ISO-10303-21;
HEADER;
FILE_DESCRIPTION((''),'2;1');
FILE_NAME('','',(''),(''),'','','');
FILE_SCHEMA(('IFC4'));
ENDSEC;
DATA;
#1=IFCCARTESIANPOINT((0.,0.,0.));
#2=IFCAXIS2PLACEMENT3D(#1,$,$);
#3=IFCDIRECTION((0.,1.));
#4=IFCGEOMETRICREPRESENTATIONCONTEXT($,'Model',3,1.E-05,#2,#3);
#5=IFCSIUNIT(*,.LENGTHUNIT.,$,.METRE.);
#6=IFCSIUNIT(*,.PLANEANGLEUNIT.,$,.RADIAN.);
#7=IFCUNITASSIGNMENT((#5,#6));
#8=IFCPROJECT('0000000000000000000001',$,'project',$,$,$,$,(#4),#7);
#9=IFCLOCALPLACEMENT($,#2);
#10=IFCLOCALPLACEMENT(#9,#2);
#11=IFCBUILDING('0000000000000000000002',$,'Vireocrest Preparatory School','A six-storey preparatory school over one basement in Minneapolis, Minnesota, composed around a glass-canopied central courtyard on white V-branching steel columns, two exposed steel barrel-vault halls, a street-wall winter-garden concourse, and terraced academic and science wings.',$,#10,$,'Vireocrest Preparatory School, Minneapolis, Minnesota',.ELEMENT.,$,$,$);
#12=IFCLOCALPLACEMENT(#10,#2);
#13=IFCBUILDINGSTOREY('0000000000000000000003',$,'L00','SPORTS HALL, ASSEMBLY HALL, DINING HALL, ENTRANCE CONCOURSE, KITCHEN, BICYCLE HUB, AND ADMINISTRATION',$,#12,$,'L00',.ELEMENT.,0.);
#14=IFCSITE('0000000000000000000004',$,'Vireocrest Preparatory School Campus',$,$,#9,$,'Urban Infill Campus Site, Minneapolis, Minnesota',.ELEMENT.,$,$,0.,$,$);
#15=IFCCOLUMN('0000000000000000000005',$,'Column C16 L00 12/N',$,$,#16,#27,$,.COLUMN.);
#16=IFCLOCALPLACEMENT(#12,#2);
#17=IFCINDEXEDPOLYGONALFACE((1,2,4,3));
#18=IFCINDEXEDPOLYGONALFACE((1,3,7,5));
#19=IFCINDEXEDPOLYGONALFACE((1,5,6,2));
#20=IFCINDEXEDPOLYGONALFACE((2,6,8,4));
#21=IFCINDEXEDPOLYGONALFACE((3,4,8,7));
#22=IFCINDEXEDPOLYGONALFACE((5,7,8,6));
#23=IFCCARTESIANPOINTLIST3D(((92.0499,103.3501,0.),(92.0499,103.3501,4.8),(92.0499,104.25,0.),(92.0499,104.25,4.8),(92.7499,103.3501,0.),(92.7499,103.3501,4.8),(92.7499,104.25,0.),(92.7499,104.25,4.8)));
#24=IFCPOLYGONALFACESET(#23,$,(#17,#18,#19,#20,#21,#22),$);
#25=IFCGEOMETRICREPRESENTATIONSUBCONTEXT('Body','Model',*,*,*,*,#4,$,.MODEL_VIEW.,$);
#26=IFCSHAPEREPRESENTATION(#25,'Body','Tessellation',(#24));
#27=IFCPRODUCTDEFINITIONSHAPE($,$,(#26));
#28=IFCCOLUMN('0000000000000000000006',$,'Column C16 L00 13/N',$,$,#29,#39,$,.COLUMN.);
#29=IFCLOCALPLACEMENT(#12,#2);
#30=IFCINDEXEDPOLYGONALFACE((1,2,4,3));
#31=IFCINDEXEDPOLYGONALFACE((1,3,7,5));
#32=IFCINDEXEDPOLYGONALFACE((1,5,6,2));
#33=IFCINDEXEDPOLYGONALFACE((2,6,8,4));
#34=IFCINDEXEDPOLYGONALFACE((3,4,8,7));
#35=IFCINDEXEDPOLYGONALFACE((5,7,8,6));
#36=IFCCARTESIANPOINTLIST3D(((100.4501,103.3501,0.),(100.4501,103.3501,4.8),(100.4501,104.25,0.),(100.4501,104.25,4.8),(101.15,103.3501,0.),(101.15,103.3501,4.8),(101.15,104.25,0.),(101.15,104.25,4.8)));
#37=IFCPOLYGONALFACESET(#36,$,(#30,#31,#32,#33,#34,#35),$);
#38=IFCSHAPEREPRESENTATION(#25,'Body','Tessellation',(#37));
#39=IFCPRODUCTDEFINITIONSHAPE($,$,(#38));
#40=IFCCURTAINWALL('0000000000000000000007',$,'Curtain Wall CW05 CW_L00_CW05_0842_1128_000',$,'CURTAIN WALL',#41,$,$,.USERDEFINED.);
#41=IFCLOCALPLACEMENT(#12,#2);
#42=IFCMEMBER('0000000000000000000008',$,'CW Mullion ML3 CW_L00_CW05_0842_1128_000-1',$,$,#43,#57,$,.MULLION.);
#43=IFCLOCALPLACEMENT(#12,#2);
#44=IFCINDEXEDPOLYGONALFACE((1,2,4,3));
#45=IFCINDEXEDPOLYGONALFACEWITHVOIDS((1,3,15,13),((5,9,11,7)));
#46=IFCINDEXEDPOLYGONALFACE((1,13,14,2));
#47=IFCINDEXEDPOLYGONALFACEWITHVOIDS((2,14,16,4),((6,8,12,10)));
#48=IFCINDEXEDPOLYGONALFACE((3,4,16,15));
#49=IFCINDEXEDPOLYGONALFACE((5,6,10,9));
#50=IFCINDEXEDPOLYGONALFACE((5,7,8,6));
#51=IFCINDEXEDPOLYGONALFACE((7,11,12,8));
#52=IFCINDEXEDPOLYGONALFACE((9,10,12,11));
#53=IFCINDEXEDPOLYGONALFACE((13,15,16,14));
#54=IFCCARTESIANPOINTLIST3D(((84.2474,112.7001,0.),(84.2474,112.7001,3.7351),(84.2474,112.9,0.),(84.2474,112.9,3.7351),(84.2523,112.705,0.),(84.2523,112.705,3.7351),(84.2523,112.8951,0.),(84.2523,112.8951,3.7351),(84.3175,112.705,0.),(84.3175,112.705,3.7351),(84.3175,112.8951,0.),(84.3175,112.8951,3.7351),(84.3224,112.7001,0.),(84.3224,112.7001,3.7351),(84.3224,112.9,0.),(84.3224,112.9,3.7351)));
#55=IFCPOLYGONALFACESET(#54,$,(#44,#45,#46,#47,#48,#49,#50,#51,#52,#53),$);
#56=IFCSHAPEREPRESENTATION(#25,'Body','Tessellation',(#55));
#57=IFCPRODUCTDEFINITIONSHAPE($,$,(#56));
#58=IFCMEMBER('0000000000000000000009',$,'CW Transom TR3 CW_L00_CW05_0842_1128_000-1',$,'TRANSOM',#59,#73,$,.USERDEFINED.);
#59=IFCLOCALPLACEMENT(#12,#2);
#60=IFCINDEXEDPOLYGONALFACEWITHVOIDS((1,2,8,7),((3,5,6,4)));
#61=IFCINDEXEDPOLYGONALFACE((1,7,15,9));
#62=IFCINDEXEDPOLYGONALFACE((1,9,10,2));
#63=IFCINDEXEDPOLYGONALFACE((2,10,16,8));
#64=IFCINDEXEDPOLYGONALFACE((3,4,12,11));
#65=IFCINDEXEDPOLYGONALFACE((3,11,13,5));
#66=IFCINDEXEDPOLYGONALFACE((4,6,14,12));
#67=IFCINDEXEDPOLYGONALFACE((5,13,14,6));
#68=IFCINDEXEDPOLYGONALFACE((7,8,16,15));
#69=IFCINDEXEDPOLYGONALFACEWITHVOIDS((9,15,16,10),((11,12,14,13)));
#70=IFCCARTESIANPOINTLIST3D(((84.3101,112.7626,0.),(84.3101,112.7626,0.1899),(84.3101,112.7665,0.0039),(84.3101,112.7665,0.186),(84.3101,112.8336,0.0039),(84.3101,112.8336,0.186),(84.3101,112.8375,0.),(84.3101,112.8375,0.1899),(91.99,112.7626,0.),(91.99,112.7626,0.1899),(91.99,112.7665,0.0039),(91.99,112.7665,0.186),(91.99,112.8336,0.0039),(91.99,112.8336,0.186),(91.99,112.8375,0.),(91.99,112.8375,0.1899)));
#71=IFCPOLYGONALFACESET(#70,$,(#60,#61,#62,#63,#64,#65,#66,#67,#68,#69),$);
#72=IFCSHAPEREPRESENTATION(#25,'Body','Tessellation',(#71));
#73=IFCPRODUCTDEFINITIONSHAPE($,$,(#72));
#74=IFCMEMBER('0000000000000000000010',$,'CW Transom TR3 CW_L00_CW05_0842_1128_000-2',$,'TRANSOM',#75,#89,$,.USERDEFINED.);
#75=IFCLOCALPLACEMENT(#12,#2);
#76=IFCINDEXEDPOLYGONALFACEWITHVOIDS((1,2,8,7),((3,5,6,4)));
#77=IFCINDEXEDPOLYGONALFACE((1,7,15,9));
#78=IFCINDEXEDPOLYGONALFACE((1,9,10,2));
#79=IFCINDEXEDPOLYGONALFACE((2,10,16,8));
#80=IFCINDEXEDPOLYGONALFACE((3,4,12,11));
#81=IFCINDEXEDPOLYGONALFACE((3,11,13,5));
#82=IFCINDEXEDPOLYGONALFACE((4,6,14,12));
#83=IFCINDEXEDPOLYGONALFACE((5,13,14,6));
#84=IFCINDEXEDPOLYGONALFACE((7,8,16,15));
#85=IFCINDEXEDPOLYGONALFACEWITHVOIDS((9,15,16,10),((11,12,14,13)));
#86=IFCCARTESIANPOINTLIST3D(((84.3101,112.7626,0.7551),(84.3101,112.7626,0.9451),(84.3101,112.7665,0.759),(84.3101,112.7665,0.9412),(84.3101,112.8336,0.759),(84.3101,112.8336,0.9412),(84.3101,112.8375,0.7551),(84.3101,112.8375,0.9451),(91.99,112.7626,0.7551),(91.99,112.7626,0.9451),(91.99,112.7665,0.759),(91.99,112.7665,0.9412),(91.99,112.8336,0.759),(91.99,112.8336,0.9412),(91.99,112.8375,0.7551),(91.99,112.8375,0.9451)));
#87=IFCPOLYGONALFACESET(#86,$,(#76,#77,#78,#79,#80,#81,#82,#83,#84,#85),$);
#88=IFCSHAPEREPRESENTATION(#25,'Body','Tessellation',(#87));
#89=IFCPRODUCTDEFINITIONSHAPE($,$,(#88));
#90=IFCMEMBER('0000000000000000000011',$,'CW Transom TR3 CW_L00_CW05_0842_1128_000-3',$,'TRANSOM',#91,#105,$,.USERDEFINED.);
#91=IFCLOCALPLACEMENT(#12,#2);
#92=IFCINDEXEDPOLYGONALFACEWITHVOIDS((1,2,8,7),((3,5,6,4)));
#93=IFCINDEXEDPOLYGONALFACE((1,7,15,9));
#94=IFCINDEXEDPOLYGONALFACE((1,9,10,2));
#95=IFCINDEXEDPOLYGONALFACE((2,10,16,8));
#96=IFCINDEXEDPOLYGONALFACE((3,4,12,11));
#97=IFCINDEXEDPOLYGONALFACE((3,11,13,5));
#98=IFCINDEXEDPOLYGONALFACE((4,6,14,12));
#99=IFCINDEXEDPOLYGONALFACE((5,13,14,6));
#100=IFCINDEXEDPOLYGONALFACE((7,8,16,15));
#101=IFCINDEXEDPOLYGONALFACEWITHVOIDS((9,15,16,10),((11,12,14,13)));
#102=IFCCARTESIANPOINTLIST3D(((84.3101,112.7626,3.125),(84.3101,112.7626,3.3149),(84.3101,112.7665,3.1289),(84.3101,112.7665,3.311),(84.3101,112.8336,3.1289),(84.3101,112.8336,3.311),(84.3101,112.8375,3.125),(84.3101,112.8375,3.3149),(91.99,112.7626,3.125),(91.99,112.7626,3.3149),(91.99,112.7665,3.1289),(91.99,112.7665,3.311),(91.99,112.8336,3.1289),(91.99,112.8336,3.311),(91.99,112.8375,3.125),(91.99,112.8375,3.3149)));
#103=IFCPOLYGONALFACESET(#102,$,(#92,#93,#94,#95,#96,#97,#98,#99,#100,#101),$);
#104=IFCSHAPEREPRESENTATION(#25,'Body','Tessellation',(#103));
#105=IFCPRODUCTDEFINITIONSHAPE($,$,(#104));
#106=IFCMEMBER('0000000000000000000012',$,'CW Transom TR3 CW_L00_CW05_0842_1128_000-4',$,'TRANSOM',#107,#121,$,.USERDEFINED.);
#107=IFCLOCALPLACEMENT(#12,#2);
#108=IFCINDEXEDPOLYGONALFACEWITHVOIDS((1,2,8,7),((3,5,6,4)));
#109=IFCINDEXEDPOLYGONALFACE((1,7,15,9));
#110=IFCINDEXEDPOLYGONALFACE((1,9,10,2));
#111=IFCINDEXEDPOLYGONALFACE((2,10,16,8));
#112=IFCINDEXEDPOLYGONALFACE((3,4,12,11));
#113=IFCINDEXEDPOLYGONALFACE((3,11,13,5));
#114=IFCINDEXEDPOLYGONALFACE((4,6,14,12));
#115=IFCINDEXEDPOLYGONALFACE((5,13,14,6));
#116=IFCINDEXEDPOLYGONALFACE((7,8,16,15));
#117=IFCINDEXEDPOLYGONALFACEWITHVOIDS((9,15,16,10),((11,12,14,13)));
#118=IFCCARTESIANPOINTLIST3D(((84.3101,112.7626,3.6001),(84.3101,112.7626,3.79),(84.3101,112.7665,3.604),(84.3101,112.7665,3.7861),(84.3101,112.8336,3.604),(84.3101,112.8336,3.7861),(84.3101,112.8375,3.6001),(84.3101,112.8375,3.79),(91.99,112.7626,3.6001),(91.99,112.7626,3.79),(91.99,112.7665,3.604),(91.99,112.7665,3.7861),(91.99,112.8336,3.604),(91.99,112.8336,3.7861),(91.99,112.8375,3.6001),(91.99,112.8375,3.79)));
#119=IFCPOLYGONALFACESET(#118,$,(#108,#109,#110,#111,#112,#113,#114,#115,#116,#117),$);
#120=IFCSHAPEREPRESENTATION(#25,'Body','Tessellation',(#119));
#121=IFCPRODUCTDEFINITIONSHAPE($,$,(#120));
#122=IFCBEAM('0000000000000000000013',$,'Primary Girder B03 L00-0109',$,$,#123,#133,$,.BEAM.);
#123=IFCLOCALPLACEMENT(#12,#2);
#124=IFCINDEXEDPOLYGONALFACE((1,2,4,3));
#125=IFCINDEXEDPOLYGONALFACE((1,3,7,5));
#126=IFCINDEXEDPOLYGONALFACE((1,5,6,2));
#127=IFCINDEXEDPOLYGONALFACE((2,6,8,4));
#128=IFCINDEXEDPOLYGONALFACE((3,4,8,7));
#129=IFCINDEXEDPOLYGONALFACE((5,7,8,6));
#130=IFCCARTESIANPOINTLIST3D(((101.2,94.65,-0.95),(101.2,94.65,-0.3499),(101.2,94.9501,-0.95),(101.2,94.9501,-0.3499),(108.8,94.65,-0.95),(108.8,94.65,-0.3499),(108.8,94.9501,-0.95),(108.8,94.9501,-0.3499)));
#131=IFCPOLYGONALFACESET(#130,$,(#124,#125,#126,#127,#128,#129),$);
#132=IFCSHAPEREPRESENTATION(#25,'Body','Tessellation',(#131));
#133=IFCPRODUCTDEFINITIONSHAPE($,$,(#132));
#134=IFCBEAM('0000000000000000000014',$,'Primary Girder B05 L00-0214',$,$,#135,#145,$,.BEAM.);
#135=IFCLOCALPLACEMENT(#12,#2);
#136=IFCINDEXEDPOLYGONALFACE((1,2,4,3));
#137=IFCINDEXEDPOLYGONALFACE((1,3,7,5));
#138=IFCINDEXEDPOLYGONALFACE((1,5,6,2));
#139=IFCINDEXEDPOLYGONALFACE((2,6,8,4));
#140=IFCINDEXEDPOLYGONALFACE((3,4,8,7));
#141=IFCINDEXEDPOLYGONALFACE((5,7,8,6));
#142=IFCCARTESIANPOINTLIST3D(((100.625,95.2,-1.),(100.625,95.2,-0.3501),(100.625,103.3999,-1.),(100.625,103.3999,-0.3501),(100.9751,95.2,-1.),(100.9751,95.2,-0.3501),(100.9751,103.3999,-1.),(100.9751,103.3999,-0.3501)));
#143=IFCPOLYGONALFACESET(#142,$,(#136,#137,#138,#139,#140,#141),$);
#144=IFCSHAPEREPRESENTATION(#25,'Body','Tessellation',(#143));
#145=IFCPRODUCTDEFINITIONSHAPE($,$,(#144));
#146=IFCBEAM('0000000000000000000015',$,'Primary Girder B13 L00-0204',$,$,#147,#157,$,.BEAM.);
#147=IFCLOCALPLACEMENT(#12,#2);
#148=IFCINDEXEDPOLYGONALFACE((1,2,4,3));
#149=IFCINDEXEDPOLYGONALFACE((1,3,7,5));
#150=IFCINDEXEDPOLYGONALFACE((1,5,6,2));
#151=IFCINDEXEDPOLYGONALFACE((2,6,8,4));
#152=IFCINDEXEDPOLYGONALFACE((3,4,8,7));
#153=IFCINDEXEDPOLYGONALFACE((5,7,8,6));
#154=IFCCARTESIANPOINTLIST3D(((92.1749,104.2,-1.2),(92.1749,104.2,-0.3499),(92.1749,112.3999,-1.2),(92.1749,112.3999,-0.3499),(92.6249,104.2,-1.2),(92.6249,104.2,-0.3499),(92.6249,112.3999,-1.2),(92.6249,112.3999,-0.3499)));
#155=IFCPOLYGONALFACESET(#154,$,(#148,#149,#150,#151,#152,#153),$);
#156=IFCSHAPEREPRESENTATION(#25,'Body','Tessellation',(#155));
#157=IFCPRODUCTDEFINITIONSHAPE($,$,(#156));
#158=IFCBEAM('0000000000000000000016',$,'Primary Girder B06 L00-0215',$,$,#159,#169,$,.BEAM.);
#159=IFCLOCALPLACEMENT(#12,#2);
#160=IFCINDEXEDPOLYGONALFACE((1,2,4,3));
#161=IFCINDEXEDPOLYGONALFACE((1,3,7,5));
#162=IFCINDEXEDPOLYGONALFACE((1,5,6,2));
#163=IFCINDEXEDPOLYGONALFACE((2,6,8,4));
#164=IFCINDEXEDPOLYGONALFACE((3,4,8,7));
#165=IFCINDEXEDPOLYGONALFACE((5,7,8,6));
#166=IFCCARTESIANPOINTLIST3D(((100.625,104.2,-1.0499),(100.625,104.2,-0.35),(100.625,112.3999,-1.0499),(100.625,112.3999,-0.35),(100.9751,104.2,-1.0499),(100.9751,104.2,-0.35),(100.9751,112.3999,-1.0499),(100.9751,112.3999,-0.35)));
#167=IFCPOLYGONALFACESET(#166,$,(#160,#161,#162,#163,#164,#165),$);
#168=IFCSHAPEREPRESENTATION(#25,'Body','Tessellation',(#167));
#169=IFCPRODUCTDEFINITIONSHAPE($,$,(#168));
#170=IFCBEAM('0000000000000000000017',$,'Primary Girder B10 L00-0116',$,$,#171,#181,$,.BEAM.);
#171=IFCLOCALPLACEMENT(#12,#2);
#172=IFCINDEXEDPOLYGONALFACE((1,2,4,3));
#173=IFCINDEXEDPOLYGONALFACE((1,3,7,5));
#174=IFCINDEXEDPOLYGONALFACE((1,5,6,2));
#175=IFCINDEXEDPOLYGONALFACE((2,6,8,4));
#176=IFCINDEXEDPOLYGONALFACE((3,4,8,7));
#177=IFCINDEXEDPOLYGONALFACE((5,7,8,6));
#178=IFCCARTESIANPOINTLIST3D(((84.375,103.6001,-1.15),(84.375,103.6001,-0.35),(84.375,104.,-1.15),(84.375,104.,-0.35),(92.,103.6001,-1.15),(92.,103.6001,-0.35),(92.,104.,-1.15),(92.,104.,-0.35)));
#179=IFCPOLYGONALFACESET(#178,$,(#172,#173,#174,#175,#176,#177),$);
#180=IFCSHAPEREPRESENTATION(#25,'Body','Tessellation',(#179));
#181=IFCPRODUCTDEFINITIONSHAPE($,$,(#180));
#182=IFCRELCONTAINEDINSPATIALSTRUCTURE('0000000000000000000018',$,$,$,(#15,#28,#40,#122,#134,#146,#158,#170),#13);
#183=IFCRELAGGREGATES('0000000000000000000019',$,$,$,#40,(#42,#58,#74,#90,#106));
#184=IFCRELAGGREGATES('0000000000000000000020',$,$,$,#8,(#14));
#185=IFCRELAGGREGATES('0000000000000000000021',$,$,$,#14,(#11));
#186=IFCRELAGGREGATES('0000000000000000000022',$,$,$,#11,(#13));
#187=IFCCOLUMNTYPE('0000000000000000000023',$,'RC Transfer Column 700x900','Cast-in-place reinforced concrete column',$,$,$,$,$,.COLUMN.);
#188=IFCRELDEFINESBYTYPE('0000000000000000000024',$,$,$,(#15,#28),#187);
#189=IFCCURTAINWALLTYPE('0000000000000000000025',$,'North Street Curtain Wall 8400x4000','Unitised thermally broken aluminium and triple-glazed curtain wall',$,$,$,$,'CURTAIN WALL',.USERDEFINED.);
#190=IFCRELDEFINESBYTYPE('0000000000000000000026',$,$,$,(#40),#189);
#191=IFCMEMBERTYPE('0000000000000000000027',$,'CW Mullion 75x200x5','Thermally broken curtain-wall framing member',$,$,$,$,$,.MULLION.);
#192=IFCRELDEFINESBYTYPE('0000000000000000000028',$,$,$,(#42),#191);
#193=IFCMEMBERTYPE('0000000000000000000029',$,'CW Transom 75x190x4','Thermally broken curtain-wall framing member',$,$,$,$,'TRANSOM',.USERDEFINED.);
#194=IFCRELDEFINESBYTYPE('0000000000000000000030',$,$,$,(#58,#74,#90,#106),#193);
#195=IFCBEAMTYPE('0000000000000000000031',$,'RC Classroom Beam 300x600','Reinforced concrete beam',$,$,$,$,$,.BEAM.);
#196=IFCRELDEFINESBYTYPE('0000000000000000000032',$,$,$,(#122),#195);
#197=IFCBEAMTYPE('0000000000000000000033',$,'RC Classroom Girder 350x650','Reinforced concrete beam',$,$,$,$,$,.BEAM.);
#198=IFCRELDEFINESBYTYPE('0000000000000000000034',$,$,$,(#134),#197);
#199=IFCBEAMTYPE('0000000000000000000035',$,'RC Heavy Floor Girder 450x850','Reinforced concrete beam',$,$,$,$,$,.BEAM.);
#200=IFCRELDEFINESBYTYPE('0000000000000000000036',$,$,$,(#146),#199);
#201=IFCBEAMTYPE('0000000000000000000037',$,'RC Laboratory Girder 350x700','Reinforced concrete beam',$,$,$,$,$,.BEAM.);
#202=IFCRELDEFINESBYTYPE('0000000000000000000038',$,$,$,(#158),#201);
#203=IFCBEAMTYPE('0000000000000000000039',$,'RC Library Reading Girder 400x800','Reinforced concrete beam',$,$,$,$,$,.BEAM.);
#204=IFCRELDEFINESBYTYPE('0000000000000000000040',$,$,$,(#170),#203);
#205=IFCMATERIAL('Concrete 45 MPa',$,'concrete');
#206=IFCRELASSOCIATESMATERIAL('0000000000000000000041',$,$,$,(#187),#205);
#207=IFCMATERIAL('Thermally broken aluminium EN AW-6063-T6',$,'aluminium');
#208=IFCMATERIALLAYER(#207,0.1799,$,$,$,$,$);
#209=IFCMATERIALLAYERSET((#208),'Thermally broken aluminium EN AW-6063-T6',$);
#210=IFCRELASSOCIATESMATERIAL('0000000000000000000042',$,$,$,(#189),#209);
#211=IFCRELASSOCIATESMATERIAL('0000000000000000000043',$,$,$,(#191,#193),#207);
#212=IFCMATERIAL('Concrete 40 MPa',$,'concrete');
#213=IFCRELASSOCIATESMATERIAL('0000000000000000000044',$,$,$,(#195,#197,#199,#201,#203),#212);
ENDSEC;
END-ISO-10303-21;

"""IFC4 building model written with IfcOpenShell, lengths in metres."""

from ifc_helpers import new_model, si_unit, direction, frame, origin, origin_2d, place, context, subcontext, project, spatial, rectangle, hollow_rectangle, extrude, material, layer, layer_set, material_profile, profile_set, type_object, element, aggregate, save


model = new_model("IFC4")

# Units and contexts
model_context = context("Model", 3, precision=1e-05, world=origin(), true_north=direction((0.0, 1.0)))
body_context = subcontext(model_context, "Body", "Model", "MODEL_VIEW")
ifc_project = project(units=[si_unit("LENGTHUNIT", "METRE"), si_unit("PLANEANGLEUNIT", "RADIAN")], contexts=[model_context])

# Site, building, storey
site_placement = place(None, origin())
site = spatial("IfcSite", under=ifc_project, at=site_placement, Name="Vireocrest Preparatory School Campus", LongName="Urban Infill Campus Site, Minneapolis, Minnesota", CompositionType="ELEMENT", RefElevation=0.0)
building_placement = place(site_placement, origin())
building = spatial("IfcBuilding", under=site, at=building_placement, Name="Vireocrest Preparatory School", Description="A six-storey preparatory school over one basement in Minneapolis, Minnesota, composed around a glass-canopied central courtyard on white V-branching steel columns, two exposed steel barrel-vault halls, a street-wall winter-garden concourse, and terraced academic and science wings.", LongName="Vireocrest Preparatory School, Minneapolis, Minnesota", CompositionType="ELEMENT")
storey_placement = place(building_placement, origin())
storey = spatial("IfcBuildingStorey", under=building, at=storey_placement, Name="L00", Description="SPORTS HALL, ASSEMBLY HALL, DINING HALL, ENTRANCE CONCOURSE, KITCHEN, BICYCLE HUB, AND ADMINISTRATION", LongName="L00", CompositionType="ELEMENT", Elevation=0.0)

# Columns
ifc_material_1 = material(Name="Concrete 45 MPa", Category="concrete")
ifc_material_profile_1 = material_profile(ifc_material_1, rectangle(XDim=0.7, YDim=0.8999, at=origin_2d()), Name="RC 700x900")
ifc_profile_set_1 = profile_set([ifc_material_profile_1], Name="Concrete 45 MPa")
column_type = type_object("IfcColumnType", Name="RC Transfer Column 700x900", Description="Cast-in-place reinforced concrete column", PredefinedType="COLUMN", material=ifc_profile_set_1)
for number, where, z_axis, x_axis, name in (
    (1, (92.3999, 103.8, 0.0), (0.0, 0.0, 1.0), (1.0, 0.0, 0.0), "Column C16 L00 12/N"),
    (2, (100.8, 103.8, 0.0), (0.0, 0.0, 1.0), (1.0, 0.0, 0.0), "Column C16 L00 13/N"),
):
    element("IfcColumn", number, at=place(storey_placement, frame(where, z_axis=z_axis, x_axis=x_axis)), inside=storey, type_object=column_type, Name=name, PredefinedType="COLUMN", context=body_context, shape_type="SweptSolid", body=[
        extrude(rectangle(XDim=0.7, YDim=0.8999, at=origin_2d()), origin(), (0.0, 0.0, 1.0), 4.8),
    ])

# Curtain wall, members
ifc_material_2 = material(Name="Thermally broken aluminium EN AW-6063-T6", Category="aluminium")
ifc_layer_1 = layer(ifc_material_2, 0.1799)
ifc_layer_set_1 = layer_set([ifc_layer_1], Name="Thermally broken aluminium EN AW-6063-T6")
curtain_wall_type = type_object("IfcCurtainWallType", Name="North Street Curtain Wall 8400x4000", Description="Unitised thermally broken aluminium and triple-glazed curtain wall", ElementType="CURTAIN WALL", PredefinedType="USERDEFINED", material=ifc_layer_set_1)
curtain_wall_placement = place(storey_placement, origin())
curtain_wall = element("IfcCurtainWall", 3, at=curtain_wall_placement, inside=storey, type_object=curtain_wall_type, Name="Curtain Wall CW05 CW_L00_CW05_0842_1128_000", ObjectType="CURTAIN WALL", PredefinedType="USERDEFINED")
ifc_material_profile_2 = material_profile(ifc_material_2, hollow_rectangle(XDim=0.075, YDim=0.2, WallThickness=0.0049, at=origin_2d()), Name="ALU 75x200x5")
ifc_profile_set_2 = profile_set([ifc_material_profile_2], Name="Thermally broken aluminium EN AW-6063-T6")
member_type_1 = type_object("IfcMemberType", Name="CW Mullion 75x200x5", Description="Thermally broken curtain-wall framing member", PredefinedType="MULLION", material=ifc_profile_set_2)
member_1_placement = place(storey_placement, frame((84.2849, 112.8, 0.0), z_axis=(0.0, 0.0, 1.0), x_axis=(1.0, 0.0, 0.0)))
member_1 = element("IfcMember", 4, at=member_1_placement, type_object=member_type_1, Name="CW Mullion ML3 CW_L00_CW05_0842_1128_000-1", PredefinedType="MULLION", context=body_context, shape_type="SweptSolid", body=[
    extrude(hollow_rectangle(XDim=0.075, YDim=0.2, WallThickness=0.0049, at=origin_2d()), origin(), (0.0, 0.0, 1.0), 3.7351),
])
ifc_material_profile_3 = material_profile(ifc_material_2, hollow_rectangle(XDim=0.075, YDim=0.1899, WallThickness=0.0039, at=origin_2d()), Name="ALU 75x190x4")
ifc_profile_set_3 = profile_set([ifc_material_profile_3], Name="Thermally broken aluminium EN AW-6063-T6")
member_type_2 = type_object("IfcMemberType", Name="CW Transom 75x190x4", Description="Thermally broken curtain-wall framing member", ElementType="TRANSOM", PredefinedType="USERDEFINED", material=ifc_profile_set_3)
member_2_placement = place(storey_placement, frame((84.3101, 112.8, 0.095), z_axis=(1.0, 0.0, 0.0), x_axis=(0.0, 1.0, 0.0)))
member_2 = element("IfcMember", 5, at=member_2_placement, type_object=member_type_2, Name="CW Transom TR3 CW_L00_CW05_0842_1128_000-1", ObjectType="TRANSOM", PredefinedType="USERDEFINED", context=body_context, shape_type="SweptSolid", body=[
    extrude(hollow_rectangle(XDim=0.075, YDim=0.1899, WallThickness=0.0039, at=origin_2d()), origin(), (0.0, 0.0, 1.0), 7.6799),
])
member_3_placement = place(storey_placement, frame((84.3101, 112.8, 0.8501), z_axis=(1.0, 0.0, 0.0), x_axis=(0.0, 1.0, 0.0)))
member_3 = element("IfcMember", 6, at=member_3_placement, type_object=member_type_2, Name="CW Transom TR3 CW_L00_CW05_0842_1128_000-2", ObjectType="TRANSOM", PredefinedType="USERDEFINED", context=body_context, shape_type="SweptSolid", body=[
    extrude(hollow_rectangle(XDim=0.075, YDim=0.1899, WallThickness=0.0039, at=origin_2d()), origin(), (0.0, 0.0, 1.0), 7.6799),
])
member_4_placement = place(storey_placement, frame((84.3101, 112.8, 3.22), z_axis=(1.0, 0.0, 0.0), x_axis=(0.0, 1.0, 0.0)))
member_4 = element("IfcMember", 7, at=member_4_placement, type_object=member_type_2, Name="CW Transom TR3 CW_L00_CW05_0842_1128_000-3", ObjectType="TRANSOM", PredefinedType="USERDEFINED", context=body_context, shape_type="SweptSolid", body=[
    extrude(hollow_rectangle(XDim=0.075, YDim=0.1899, WallThickness=0.0039, at=origin_2d()), origin(), (0.0, 0.0, 1.0), 7.6799),
])
member_5_placement = place(storey_placement, frame((84.3101, 112.8, 3.6951), z_axis=(1.0, 0.0, 0.0), x_axis=(0.0, 1.0, 0.0)))
member_5 = element("IfcMember", 8, at=member_5_placement, type_object=member_type_2, Name="CW Transom TR3 CW_L00_CW05_0842_1128_000-4", ObjectType="TRANSOM", PredefinedType="USERDEFINED", context=body_context, shape_type="SweptSolid", body=[
    extrude(hollow_rectangle(XDim=0.075, YDim=0.1899, WallThickness=0.0039, at=origin_2d()), origin(), (0.0, 0.0, 1.0), 7.6799),
])

# Beams
ifc_material_3 = material(Name="Concrete 40 MPa", Category="concrete")
ifc_material_profile_4 = material_profile(ifc_material_3, rectangle(XDim=0.3, YDim=0.6001, at=origin_2d()), Name="RC 300x600")
ifc_profile_set_4 = profile_set([ifc_material_profile_4], Name="Concrete 40 MPa")
beam_type_1 = type_object("IfcBeamType", Name="RC Classroom Beam 300x600", Description="Reinforced concrete beam", PredefinedType="BEAM", material=ifc_profile_set_4)
beam_1_placement = place(storey_placement, frame((101.2, 94.8, -0.6499), z_axis=(1.0, 0.0, 0.0), x_axis=(0.0, 1.0, 0.0)))
element("IfcBeam", 9, at=beam_1_placement, inside=storey, type_object=beam_type_1, Name="Primary Girder B03 L00-0109", PredefinedType="BEAM", context=body_context, shape_type="SweptSolid", body=[
    extrude(rectangle(XDim=0.3, YDim=0.6001, at=origin_2d()), origin(), (0.0, 0.0, 1.0), 7.6001),
])
ifc_material_profile_5 = material_profile(ifc_material_3, rectangle(XDim=0.3501, YDim=0.6499, at=origin_2d()), Name="RC 350x650")
ifc_profile_set_5 = profile_set([ifc_material_profile_5], Name="Concrete 40 MPa")
beam_type_2 = type_object("IfcBeamType", Name="RC Classroom Girder 350x650", Description="Reinforced concrete beam", PredefinedType="BEAM", material=ifc_profile_set_5)
beam_2_placement = place(storey_placement, frame((100.8, 95.2, -0.675), z_axis=(0.0, 1.0, 0.0), x_axis=(-1.0, 0.0, 0.0)))
element("IfcBeam", 10, at=beam_2_placement, inside=storey, type_object=beam_type_2, Name="Primary Girder B05 L00-0214", PredefinedType="BEAM", context=body_context, shape_type="SweptSolid", body=[
    extrude(rectangle(XDim=0.3501, YDim=0.6499, at=origin_2d()), origin(), (0.0, 0.0, 1.0), 8.2),
])
ifc_material_profile_6 = material_profile(ifc_material_3, rectangle(XDim=0.45, YDim=0.8501, at=origin_2d()), Name="RC 450x850")
ifc_profile_set_6 = profile_set([ifc_material_profile_6], Name="Concrete 40 MPa")
beam_type_3 = type_object("IfcBeamType", Name="RC Heavy Floor Girder 450x850", Description="Reinforced concrete beam", PredefinedType="BEAM", material=ifc_profile_set_6)
beam_3_placement = place(storey_placement, frame((92.3999, 104.2, -0.7749), z_axis=(0.0, 1.0, 0.0), x_axis=(-1.0, 0.0, 0.0)))
element("IfcBeam", 11, at=beam_3_placement, inside=storey, type_object=beam_type_3, Name="Primary Girder B13 L00-0204", PredefinedType="BEAM", context=body_context, shape_type="SweptSolid", body=[
    extrude(rectangle(XDim=0.45, YDim=0.8501, at=origin_2d()), origin(), (0.0, 0.0, 1.0), 8.2),
])
ifc_material_profile_7 = material_profile(ifc_material_3, rectangle(XDim=0.3501, YDim=0.7, at=origin_2d()), Name="RC 350x700")
ifc_profile_set_7 = profile_set([ifc_material_profile_7], Name="Concrete 40 MPa")
beam_type_4 = type_object("IfcBeamType", Name="RC Laboratory Girder 350x700", Description="Reinforced concrete beam", PredefinedType="BEAM", material=ifc_profile_set_7)
beam_4_placement = place(storey_placement, frame((100.8, 104.2, -0.7), z_axis=(0.0, 1.0, 0.0), x_axis=(-1.0, 0.0, 0.0)))
element("IfcBeam", 12, at=beam_4_placement, inside=storey, type_object=beam_type_4, Name="Primary Girder B06 L00-0215", PredefinedType="BEAM", context=body_context, shape_type="SweptSolid", body=[
    extrude(rectangle(XDim=0.3501, YDim=0.7, at=origin_2d()), origin(), (0.0, 0.0, 1.0), 8.2),
])
ifc_material_profile_8 = material_profile(ifc_material_3, rectangle(XDim=0.3999, YDim=0.8, at=origin_2d()), Name="RC 400x800")
ifc_profile_set_8 = profile_set([ifc_material_profile_8], Name="Concrete 40 MPa")
beam_type_5 = type_object("IfcBeamType", Name="RC Library Reading Girder 400x800", Description="Reinforced concrete beam", PredefinedType="BEAM", material=ifc_profile_set_8)
beam_5_placement = place(storey_placement, frame((84.375, 103.8, -0.75), z_axis=(1.0, 0.0, 0.0), x_axis=(0.0, 1.0, 0.0)))
element("IfcBeam", 13, at=beam_5_placement, inside=storey, type_object=beam_type_5, Name="Primary Girder B10 L00-0116", PredefinedType="BEAM", context=body_context, shape_type="SweptSolid", body=[
    extrude(rectangle(XDim=0.3999, YDim=0.8, at=origin_2d()), origin(), (0.0, 0.0, 1.0), 7.625),
])

aggregate(curtain_wall, [member_1, member_2, member_3, member_4, member_5])

save(model, "model.ifc")
